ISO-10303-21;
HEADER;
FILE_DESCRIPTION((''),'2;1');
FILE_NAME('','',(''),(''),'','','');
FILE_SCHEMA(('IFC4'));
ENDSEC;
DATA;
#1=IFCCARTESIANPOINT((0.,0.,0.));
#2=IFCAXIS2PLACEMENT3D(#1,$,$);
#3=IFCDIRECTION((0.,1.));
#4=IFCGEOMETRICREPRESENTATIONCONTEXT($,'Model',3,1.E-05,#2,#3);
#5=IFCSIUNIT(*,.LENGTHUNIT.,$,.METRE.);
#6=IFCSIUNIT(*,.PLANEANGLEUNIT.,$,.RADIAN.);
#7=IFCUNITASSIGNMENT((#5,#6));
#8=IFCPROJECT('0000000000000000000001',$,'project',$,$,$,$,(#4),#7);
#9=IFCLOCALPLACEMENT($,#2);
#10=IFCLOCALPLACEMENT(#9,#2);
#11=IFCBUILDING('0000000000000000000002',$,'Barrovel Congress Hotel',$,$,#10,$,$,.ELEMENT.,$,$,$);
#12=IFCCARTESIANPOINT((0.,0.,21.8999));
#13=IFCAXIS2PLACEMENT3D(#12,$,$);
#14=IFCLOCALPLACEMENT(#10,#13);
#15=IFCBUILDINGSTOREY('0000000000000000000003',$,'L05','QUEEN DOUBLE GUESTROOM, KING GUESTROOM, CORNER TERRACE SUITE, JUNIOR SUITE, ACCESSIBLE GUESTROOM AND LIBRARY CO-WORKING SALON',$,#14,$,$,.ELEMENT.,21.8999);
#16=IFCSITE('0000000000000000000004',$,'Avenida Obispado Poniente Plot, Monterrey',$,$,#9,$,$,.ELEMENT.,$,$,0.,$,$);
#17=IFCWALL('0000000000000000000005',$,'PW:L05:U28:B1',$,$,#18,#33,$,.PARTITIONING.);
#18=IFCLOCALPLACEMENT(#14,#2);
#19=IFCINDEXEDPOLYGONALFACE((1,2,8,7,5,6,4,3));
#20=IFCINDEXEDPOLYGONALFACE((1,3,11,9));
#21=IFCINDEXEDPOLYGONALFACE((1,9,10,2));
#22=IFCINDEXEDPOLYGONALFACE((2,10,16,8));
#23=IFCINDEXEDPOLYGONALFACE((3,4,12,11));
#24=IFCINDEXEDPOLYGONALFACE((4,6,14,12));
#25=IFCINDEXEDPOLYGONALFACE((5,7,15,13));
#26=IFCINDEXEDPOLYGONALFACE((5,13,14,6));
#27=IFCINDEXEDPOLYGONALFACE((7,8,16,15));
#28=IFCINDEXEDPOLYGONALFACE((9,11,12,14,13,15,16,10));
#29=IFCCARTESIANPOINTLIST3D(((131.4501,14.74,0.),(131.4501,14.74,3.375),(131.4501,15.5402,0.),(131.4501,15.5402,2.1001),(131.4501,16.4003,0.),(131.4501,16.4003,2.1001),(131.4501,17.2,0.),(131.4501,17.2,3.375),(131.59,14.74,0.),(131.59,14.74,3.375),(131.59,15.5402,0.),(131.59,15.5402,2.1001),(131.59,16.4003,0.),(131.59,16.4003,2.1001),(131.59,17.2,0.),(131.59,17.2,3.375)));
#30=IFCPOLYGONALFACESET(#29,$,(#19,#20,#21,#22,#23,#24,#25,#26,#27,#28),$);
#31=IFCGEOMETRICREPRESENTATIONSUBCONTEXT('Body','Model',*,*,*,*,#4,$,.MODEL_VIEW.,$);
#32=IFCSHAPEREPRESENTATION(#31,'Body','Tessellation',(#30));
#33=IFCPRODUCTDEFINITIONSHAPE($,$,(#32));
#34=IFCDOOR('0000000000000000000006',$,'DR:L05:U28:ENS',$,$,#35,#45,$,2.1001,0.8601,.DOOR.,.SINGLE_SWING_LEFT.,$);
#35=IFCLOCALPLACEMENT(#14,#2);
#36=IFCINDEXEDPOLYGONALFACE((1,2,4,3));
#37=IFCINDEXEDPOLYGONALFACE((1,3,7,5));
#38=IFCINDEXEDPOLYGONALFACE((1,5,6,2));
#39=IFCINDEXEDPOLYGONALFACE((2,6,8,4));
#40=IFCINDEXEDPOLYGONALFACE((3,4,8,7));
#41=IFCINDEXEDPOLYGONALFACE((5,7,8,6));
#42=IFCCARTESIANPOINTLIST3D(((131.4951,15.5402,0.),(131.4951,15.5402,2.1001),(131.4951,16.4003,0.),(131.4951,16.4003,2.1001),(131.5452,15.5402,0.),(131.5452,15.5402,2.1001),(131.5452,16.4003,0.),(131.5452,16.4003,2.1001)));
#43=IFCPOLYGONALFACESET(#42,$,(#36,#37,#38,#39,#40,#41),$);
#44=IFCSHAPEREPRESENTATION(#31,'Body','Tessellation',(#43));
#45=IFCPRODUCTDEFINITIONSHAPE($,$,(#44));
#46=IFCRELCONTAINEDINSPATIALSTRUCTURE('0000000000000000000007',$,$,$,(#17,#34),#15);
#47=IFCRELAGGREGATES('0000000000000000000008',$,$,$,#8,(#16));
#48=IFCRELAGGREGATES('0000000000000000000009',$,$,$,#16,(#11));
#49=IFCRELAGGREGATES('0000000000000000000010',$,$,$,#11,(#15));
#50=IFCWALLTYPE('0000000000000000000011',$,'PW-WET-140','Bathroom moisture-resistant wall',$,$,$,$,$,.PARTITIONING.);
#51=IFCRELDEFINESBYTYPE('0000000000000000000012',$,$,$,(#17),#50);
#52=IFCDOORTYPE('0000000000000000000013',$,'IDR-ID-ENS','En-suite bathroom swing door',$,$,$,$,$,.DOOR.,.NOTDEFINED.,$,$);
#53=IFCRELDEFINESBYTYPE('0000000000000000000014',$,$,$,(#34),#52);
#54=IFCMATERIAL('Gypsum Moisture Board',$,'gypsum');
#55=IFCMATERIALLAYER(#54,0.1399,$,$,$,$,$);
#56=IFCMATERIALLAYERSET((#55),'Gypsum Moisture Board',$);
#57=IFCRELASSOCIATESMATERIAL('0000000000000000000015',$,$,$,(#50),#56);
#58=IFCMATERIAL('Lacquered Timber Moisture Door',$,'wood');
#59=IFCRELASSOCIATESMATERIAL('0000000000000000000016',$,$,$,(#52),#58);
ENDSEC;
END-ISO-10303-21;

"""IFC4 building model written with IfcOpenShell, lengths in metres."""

from ifc_helpers import new_model, si_unit, direction, frame, frame_2d, origin, place, context, subcontext, project, spatial, rectangle, extrude, material, layer, layer_set, type_object, element, fill, save


model = new_model("IFC4")

# Units and contexts
model_context = context("Model", 3, precision=1e-05, world=origin(), true_north=direction((0.0, 1.0)))
body_context = subcontext(model_context, "Body", "Model", "MODEL_VIEW")
ifc_project = project(units=[si_unit("LENGTHUNIT", "METRE"), si_unit("PLANEANGLEUNIT", "RADIAN")], contexts=[model_context])

# Site, building, storey
site_placement = place(None, origin())
site = spatial("IfcSite", under=ifc_project, at=site_placement, Name="Avenida Obispado Poniente Plot, Monterrey", CompositionType="ELEMENT", RefElevation=0.0)
building_placement = place(site_placement, origin())
building = spatial("IfcBuilding", under=site, at=building_placement, Name="Barrovel Congress Hotel", CompositionType="ELEMENT")
storey_placement = place(building_placement, frame((0.0, 0.0, 21.8999)))
storey = spatial("IfcBuildingStorey", under=building, at=storey_placement, Name="L05", Description="QUEEN DOUBLE GUESTROOM, KING GUESTROOM, CORNER TERRACE SUITE, JUNIOR SUITE, ACCESSIBLE GUESTROOM AND LIBRARY CO-WORKING SALON", CompositionType="ELEMENT", Elevation=21.8999)

# Wall, opening, door
ifc_material_1 = material(Name="Gypsum Moisture Board", Category="gypsum")
ifc_layer_1 = layer(ifc_material_1, 0.1399)
ifc_layer_set_1 = layer_set([ifc_layer_1], Name="Gypsum Moisture Board")
wall_type_1 = type_object("IfcWallType", Name="PW-WET-140", Description="Bathroom moisture-resistant wall", PredefinedType="PARTITIONING", material=ifc_layer_set_1)
ifc_material_2 = material(Name="Lacquered Timber Moisture Door", Category="wood")
door_type_1 = type_object("IfcDoorType", Name="IDR-ID-ENS", Description="En-suite bathroom swing door", OperationType="NOTDEFINED", PredefinedType="DOOR", material=ifc_material_2)
wall_1_placement = place(storey_placement, frame((131.52, 14.74, 0.0), z_axis=(0.0, 0.0, 1.0), x_axis=(0.0, 1.0, 0.0)))
wall_1 = element("IfcWall", 1, at=wall_1_placement, inside=storey, type_object=wall_type_1, Name="PW:L05:U28:B1", PredefinedType="PARTITIONING", context=body_context, shape_type="SweptSolid", body=[
    extrude(rectangle(XDim=2.46, YDim=0.1399, at=frame_2d((1.23, 0.0))), origin(), (0.0, 0.0, 1.0), 3.375),
])
opening_1_placement = place(wall_1_placement, frame((0.8, 0.0, 0.0)))
opening_1 = element("IfcOpeningElement", 2, at=opening_1_placement, cuts=wall_1, PredefinedType="OPENING", context=body_context, shape_type="SweptSolid", body=[
    extrude(rectangle(XDim=0.8601, YDim=2.1001, at=frame_2d((0.4302, 1.05))), frame((0.0, 0.0801, 0.0), z_axis=(0.0, -1.0, 0.0), x_axis=(1.0, 0.0, 0.0)), (0.0, 0.0, 1.0), 0.1599),
])
door_1_placement = place(opening_1_placement, origin())
door_1 = element("IfcDoor", 3, at=door_1_placement, inside=storey, type_object=door_type_1, Name="DR:L05:U28:ENS", OperationType="SINGLE_SWING_LEFT", OverallHeight=2.1001, OverallWidth=0.8601, PredefinedType="DOOR", context=body_context, shape_type="SweptSolid", body=[
    extrude(rectangle(XDim=0.8601, YDim=2.1001, at=frame_2d((0.4302, 1.05))), frame((0.0, 0.0249, 0.0), z_axis=(0.0, -1.0, 0.0), x_axis=(1.0, 0.0, 0.0)), (0.0, 0.0, 1.0), 0.05),
])
fill(opening_1, door_1)

save(model, "model.ifc")
